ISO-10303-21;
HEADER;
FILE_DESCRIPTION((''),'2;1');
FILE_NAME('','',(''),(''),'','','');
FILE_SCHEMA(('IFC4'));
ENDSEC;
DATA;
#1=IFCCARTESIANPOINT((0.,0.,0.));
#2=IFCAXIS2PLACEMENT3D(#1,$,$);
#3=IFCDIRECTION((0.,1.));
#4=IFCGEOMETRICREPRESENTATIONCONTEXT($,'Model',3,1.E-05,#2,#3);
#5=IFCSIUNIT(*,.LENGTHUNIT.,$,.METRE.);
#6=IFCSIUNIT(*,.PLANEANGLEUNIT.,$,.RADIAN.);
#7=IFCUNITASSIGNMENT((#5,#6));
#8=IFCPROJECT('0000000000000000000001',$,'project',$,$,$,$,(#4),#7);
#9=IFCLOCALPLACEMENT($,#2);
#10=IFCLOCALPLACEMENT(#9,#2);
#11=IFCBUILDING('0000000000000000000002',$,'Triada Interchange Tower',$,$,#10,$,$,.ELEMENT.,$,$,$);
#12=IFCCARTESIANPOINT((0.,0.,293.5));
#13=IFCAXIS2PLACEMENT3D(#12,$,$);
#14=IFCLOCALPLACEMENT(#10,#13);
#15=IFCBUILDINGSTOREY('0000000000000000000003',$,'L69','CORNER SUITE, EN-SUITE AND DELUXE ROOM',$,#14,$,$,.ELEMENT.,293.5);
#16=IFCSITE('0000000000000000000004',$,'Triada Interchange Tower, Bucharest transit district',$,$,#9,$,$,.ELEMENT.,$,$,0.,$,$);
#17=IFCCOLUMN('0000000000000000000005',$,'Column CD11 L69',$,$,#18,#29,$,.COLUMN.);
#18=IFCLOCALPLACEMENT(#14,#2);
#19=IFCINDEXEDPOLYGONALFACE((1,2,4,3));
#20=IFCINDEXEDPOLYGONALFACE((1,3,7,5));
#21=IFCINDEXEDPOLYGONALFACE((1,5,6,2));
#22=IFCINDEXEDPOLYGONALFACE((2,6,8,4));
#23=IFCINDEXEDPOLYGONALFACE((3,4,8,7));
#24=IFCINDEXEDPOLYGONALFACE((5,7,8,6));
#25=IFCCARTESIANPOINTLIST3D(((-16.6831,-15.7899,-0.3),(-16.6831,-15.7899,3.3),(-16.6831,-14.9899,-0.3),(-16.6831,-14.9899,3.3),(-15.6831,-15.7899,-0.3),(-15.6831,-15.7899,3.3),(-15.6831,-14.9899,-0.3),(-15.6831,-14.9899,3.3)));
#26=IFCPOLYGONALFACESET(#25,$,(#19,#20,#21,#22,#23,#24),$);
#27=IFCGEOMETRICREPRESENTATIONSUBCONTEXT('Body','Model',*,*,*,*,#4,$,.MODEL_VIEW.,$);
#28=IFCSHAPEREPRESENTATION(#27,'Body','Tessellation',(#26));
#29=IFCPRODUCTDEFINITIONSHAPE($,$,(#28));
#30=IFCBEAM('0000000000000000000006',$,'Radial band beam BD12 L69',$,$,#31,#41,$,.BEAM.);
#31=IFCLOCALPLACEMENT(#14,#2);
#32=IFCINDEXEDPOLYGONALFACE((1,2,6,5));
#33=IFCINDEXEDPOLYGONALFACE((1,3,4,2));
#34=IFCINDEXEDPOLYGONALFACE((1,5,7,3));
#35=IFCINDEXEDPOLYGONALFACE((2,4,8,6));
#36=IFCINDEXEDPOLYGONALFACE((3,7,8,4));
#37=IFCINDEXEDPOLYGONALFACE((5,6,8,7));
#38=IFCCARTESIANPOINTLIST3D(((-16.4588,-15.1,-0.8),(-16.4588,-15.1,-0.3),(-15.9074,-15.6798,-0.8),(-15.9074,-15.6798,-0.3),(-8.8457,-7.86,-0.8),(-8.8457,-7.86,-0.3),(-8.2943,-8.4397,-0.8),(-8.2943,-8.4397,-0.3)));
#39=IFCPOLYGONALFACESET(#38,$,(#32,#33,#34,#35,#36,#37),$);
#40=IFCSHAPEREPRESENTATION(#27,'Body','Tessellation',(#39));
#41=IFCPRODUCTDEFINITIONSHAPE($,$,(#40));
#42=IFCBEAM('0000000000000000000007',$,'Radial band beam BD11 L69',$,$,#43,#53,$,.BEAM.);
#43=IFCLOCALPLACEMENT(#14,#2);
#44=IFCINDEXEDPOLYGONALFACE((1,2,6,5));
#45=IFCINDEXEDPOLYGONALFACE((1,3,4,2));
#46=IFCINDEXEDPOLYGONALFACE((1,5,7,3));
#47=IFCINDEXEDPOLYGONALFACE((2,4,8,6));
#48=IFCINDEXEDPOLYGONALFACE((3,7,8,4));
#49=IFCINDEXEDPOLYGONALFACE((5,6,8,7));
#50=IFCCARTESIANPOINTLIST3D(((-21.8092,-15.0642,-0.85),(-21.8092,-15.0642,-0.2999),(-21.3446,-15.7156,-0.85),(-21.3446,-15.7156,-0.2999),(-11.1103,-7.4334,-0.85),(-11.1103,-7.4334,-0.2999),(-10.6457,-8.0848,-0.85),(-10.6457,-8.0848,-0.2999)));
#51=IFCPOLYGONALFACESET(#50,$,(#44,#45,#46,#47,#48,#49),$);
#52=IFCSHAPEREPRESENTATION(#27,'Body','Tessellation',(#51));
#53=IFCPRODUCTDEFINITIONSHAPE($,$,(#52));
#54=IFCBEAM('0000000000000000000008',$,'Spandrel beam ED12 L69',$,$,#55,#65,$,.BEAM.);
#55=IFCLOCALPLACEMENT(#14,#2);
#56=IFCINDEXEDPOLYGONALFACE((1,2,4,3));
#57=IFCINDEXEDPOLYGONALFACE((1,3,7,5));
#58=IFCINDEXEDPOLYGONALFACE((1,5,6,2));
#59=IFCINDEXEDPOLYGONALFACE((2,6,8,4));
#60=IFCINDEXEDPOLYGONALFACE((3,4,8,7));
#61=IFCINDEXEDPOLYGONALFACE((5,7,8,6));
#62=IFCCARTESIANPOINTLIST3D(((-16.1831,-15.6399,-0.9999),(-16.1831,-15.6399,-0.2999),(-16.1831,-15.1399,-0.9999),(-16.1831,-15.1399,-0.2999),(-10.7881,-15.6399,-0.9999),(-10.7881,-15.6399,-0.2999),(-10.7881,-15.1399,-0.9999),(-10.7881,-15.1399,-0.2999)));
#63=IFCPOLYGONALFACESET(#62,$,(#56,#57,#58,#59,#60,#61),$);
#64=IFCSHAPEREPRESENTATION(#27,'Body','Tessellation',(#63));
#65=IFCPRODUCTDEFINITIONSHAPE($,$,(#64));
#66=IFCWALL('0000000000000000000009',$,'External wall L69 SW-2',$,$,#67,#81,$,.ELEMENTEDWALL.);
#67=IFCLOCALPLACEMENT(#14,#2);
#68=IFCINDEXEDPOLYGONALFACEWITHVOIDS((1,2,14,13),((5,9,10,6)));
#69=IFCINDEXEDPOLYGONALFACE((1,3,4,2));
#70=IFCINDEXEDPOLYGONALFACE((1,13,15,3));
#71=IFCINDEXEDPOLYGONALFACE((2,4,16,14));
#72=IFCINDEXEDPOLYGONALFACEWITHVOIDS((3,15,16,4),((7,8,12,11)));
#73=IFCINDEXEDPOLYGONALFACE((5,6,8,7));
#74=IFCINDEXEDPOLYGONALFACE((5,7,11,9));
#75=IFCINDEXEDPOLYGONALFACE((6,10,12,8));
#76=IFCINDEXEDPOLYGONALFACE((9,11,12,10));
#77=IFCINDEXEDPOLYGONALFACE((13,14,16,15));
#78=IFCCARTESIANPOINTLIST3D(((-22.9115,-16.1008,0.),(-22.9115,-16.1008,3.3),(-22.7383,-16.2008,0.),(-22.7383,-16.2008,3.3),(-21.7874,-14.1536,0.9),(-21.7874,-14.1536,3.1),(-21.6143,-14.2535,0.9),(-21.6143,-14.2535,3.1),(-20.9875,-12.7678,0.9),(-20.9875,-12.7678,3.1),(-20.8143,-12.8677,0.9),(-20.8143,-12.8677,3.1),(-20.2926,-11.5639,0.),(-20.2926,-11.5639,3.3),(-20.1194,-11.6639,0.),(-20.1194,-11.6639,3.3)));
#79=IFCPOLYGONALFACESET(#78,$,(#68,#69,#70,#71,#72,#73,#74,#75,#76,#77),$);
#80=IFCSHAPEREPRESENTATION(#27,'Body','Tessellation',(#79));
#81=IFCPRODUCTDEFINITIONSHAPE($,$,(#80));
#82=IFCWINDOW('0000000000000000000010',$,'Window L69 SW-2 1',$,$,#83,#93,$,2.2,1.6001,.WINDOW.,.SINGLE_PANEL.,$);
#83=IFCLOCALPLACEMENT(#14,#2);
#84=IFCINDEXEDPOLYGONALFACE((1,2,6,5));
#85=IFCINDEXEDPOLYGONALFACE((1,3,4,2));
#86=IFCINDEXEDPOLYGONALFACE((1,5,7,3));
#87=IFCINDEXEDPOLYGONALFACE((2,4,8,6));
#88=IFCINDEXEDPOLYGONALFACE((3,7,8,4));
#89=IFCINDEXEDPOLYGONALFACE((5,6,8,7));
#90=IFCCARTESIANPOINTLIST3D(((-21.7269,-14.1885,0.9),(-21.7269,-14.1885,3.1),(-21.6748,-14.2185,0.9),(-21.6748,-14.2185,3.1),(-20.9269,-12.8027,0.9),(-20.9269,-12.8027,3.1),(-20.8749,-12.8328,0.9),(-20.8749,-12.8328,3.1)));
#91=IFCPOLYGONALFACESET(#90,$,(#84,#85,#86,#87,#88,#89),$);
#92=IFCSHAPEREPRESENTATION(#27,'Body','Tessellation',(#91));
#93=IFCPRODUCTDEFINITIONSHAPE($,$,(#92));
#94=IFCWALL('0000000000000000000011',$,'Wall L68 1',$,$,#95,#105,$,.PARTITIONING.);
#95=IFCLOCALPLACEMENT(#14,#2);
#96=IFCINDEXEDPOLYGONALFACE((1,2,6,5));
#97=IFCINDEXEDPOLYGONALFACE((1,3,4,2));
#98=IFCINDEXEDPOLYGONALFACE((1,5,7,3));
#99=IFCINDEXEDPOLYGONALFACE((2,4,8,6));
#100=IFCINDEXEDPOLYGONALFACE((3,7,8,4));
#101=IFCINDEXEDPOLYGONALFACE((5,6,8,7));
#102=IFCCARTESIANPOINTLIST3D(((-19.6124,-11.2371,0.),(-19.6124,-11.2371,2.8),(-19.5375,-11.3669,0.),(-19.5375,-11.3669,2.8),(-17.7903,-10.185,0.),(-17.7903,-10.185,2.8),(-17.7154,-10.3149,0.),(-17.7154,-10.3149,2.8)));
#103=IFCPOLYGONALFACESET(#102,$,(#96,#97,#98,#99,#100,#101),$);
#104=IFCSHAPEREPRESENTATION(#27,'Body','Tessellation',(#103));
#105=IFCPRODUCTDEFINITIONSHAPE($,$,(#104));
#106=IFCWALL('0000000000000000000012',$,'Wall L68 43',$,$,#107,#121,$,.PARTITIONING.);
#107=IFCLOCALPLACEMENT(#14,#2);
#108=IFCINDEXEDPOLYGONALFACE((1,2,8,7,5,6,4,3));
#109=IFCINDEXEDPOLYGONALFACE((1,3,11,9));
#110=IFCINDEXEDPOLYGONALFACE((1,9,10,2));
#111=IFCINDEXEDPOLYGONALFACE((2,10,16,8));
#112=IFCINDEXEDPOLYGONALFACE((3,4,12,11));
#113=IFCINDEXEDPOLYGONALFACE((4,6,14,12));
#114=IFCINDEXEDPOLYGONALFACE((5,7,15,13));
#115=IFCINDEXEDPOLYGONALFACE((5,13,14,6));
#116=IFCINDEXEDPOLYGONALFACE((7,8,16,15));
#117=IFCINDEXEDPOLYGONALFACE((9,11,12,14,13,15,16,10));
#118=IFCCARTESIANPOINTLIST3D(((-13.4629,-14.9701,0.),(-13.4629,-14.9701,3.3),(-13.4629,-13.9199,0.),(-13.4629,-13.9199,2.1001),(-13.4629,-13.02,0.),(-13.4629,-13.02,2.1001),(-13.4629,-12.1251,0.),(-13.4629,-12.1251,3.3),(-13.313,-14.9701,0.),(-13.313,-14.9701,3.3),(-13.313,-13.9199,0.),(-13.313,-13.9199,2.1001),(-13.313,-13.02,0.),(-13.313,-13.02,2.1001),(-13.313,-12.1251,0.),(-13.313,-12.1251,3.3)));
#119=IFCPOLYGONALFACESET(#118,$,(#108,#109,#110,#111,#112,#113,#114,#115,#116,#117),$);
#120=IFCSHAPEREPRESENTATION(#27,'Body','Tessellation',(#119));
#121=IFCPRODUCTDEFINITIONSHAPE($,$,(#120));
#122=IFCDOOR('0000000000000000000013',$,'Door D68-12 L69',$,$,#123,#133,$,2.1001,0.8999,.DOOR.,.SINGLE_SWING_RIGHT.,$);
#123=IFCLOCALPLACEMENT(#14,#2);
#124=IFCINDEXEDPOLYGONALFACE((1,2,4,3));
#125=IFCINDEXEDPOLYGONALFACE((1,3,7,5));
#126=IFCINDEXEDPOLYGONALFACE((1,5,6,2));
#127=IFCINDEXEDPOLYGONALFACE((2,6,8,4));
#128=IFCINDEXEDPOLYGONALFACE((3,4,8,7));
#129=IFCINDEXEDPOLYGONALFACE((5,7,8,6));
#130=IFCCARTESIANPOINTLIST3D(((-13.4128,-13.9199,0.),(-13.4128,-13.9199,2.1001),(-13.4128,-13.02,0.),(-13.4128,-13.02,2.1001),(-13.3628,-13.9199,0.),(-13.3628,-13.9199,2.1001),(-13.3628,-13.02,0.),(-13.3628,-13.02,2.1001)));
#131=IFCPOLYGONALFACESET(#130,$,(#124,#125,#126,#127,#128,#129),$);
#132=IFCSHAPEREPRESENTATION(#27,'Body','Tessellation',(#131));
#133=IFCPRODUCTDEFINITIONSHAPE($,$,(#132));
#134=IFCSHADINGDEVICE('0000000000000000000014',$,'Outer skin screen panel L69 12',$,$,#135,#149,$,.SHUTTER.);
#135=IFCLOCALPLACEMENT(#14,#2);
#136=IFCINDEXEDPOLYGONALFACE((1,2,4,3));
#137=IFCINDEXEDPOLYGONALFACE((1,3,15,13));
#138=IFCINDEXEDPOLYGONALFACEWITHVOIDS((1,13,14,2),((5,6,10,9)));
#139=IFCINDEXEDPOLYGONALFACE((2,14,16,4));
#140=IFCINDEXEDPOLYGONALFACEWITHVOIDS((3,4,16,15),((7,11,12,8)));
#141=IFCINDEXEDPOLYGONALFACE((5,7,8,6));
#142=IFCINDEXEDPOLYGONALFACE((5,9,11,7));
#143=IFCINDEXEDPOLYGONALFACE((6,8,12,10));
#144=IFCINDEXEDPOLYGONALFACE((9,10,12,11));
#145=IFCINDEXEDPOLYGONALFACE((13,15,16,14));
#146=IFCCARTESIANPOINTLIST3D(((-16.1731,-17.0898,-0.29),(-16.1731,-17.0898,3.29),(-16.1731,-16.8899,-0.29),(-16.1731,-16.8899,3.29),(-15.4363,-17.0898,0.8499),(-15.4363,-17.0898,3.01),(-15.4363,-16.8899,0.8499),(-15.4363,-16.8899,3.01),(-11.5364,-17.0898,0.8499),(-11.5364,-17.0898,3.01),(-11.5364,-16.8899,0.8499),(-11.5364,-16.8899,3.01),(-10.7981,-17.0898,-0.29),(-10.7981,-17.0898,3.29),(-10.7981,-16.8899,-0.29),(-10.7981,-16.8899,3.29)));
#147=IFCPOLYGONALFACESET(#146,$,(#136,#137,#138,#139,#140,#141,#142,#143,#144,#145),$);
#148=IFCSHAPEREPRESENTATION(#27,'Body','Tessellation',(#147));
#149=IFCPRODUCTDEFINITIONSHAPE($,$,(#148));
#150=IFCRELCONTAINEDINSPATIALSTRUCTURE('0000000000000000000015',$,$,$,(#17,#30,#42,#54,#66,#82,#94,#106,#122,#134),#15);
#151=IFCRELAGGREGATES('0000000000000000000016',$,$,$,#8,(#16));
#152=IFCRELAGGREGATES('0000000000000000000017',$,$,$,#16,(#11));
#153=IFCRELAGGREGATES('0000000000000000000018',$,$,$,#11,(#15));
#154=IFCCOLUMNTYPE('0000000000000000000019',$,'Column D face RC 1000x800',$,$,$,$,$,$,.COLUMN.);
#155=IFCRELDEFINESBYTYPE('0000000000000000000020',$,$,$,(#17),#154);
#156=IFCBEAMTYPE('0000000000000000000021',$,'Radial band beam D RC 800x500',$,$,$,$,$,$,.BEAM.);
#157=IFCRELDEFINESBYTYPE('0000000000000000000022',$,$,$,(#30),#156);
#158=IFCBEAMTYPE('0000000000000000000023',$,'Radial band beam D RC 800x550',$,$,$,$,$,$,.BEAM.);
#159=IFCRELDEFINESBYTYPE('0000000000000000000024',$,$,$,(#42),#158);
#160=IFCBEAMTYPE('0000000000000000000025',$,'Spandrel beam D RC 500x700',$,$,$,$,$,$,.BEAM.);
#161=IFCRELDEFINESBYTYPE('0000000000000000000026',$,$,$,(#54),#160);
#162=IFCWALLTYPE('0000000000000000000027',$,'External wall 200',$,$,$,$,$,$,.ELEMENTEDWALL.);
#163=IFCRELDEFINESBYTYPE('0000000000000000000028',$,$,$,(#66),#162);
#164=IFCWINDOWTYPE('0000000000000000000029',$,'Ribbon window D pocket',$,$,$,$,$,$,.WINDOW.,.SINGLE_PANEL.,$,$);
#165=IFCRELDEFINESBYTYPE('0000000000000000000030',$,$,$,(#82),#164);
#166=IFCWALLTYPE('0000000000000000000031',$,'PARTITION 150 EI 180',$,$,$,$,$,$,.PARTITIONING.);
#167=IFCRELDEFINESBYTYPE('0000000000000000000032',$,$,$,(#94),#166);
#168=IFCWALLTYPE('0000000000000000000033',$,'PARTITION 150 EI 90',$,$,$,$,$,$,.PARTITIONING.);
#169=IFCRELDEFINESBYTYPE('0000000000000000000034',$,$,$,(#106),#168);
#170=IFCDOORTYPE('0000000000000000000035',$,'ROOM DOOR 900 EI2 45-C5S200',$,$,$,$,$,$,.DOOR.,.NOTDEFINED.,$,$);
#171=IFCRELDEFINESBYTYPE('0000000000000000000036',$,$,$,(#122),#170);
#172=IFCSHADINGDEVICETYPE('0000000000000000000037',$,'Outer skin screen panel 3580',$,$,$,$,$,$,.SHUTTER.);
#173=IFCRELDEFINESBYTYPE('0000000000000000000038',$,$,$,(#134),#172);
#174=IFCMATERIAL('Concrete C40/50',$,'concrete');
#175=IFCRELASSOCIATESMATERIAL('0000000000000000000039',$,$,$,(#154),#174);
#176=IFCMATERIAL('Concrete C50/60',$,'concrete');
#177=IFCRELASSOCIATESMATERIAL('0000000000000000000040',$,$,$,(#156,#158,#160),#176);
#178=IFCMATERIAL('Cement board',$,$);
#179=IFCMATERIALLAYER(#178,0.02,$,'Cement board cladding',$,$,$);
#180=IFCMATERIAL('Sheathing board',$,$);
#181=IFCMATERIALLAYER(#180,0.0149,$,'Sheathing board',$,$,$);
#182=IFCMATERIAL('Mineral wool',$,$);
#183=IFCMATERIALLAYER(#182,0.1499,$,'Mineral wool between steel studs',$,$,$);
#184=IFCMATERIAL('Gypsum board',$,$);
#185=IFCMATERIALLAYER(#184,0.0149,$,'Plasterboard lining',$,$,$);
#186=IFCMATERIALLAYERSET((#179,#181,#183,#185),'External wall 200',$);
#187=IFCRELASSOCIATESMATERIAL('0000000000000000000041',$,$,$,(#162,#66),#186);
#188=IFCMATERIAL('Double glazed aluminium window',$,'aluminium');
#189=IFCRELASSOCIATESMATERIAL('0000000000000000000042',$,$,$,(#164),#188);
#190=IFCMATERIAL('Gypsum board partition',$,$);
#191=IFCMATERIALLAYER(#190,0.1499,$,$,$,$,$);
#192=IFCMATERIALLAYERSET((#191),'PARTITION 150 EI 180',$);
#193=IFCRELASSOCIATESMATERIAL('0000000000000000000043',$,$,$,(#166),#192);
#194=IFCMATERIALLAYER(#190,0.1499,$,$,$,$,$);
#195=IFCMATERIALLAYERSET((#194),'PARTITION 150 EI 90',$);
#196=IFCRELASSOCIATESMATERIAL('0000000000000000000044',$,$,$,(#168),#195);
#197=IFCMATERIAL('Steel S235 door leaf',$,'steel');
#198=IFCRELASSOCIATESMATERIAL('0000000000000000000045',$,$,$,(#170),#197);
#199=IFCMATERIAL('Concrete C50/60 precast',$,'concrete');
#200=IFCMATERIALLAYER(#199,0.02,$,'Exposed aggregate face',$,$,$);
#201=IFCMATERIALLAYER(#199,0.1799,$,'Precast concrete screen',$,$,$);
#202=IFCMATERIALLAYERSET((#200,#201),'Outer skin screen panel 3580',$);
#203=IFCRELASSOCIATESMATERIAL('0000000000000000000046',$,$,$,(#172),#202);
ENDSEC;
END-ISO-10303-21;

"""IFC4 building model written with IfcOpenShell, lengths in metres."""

from ifc_helpers import new_model, si_unit, direction, frame, frame_2d, origin, origin_2d, place, context, subcontext, project, spatial, polyline, rectangle, outline, extrude, material, layer, layer_set, layer_usage, material_profile, profile_set, type_object, element, fill, save


model = new_model("IFC4")

# Units and contexts
model_context = context("Model", 3, precision=1e-05, world=origin(), true_north=direction((0.0, 1.0)))
body_context = subcontext(model_context, "Body", "Model", "MODEL_VIEW")
ifc_project = project(units=[si_unit("LENGTHUNIT", "METRE"), si_unit("PLANEANGLEUNIT", "RADIAN")], contexts=[model_context])

# Site, building, storey
site_placement = place(None, origin())
site = spatial("IfcSite", under=ifc_project, at=site_placement, Name="Triada Interchange Tower, Bucharest transit district", CompositionType="ELEMENT", RefElevation=0.0)
building_placement = place(site_placement, origin())
building = spatial("IfcBuilding", under=site, at=building_placement, Name="Triada Interchange Tower", CompositionType="ELEMENT")
storey_placement = place(building_placement, frame((0.0, 0.0, 293.5)))
storey = spatial("IfcBuildingStorey", under=building, at=storey_placement, Name="L69", Description="CORNER SUITE, EN-SUITE AND DELUXE ROOM", CompositionType="ELEMENT", Elevation=293.5)

# Column
ifc_material_1 = material(Name="Concrete C40/50", Category="concrete")
ifc_material_profile_1 = material_profile(ifc_material_1, rectangle(XDim=1.0, YDim=0.8, at=origin_2d()), Name="RC 1000x800")
ifc_profile_set_1 = profile_set([ifc_material_profile_1], Name="Concrete C40/50")
column_type = type_object("IfcColumnType", Name="Column D face RC 1000x800", PredefinedType="COLUMN", material=ifc_profile_set_1)
column_placement = place(storey_placement, frame((-16.1831, -15.3899, -0.3), z_axis=(0.0, 0.0, 1.0), x_axis=(1.0, 0.0, 0.0)))
element("IfcColumn", 1, at=column_placement, inside=storey, type_object=column_type, Name="Column CD11 L69", PredefinedType="COLUMN", context=body_context, shape_type="SweptSolid", body=[
    extrude(rectangle(XDim=1.0, YDim=0.8, at=origin_2d()), origin(), (0.0, 0.0, 1.0), 3.6001),
])

# Beams
ifc_material_2 = material(Name="Concrete C50/60", Category="concrete")
ifc_material_profile_2 = material_profile(ifc_material_2, rectangle(XDim=0.8, YDim=0.5, at=origin_2d()), Name="RC 800x500")
ifc_profile_set_2 = profile_set([ifc_material_profile_2], Name="Concrete C50/60")
beam_type_1 = type_object("IfcBeamType", Name="Radial band beam D RC 800x500", PredefinedType="BEAM", material=ifc_profile_set_2)
beam_1_placement = place(storey_placement, frame((-16.1831, -15.3899, -0.55), z_axis=(0.724638, 0.68913, 0.0), x_axis=(-0.68913, 0.724638, 0.0)))
element("IfcBeam", 2, at=beam_1_placement, inside=storey, type_object=beam_type_1, Name="Radial band beam BD12 L69", PredefinedType="BEAM", context=body_context, shape_type="SweptSolid", body=[
    extrude(rectangle(XDim=0.8, YDim=0.5, at=origin_2d()), origin(), (0.0, 0.0, 1.0), 10.5061),
])
ifc_material_profile_3 = material_profile(ifc_material_2, rectangle(XDim=0.8, YDim=0.55, at=origin_2d()), Name="RC 800x550")
ifc_profile_set_3 = profile_set([ifc_material_profile_3], Name="Concrete C50/60")
beam_type_2 = type_object("IfcBeamType", Name="Radial band beam D RC 800x550", PredefinedType="BEAM", material=ifc_profile_set_3)
beam_2_placement = place(storey_placement, frame((-21.5769, -15.3899, -0.575), z_axis=(0.814139, 0.58067, 0.0), x_axis=(-0.58067, 0.814139, 0.0)))
element("IfcBeam", 3, at=beam_2_placement, inside=storey, type_object=beam_type_2, Name="Radial band beam BD11 L69", PredefinedType="BEAM", context=body_context, shape_type="SweptSolid", body=[
    extrude(rectangle(XDim=0.8, YDim=0.55, at=origin_2d()), origin(), (0.0, 0.0, 1.0), 13.1414),
])
ifc_material_profile_4 = material_profile(ifc_material_2, rectangle(XDim=0.5, YDim=0.7, at=origin_2d()), Name="RC 500x700")
ifc_profile_set_4 = profile_set([ifc_material_profile_4], Name="Concrete C50/60")
beam_type_3 = type_object("IfcBeamType", Name="Spandrel beam D RC 500x700", PredefinedType="BEAM", material=ifc_profile_set_4)
beam_3_placement = place(storey_placement, frame((-16.1831, -15.3899, -0.6499), z_axis=(1.0, 0.0, 0.0), x_axis=(0.0, 1.0, 0.0)))
element("IfcBeam", 4, at=beam_3_placement, inside=storey, type_object=beam_type_3, Name="Spandrel beam ED12 L69", PredefinedType="BEAM", context=body_context, shape_type="SweptSolid", body=[
    extrude(rectangle(XDim=0.5, YDim=0.7, at=origin_2d()), origin(), (0.0, 0.0, 1.0), 5.395),
])

# Wall, opening, window
ifc_material_3 = material(Name="Cement board")
ifc_layer_1 = layer(ifc_material_3, 0.02, Name="Cement board cladding")
ifc_material_4 = material(Name="Sheathing board")
ifc_layer_2 = layer(ifc_material_4, 0.0149, Name="Sheathing board")
ifc_material_5 = material(Name="Mineral wool")
ifc_layer_3 = layer(ifc_material_5, 0.1499, Name="Mineral wool between steel studs")
ifc_material_6 = material(Name="Gypsum board")
ifc_layer_4 = layer(ifc_material_6, 0.0149, Name="Plasterboard lining")
ifc_layer_set_1 = layer_set([ifc_layer_1, ifc_layer_2, ifc_layer_3, ifc_layer_4], Name="External wall 200")
ifc_layer_usage = layer_usage(ifc_layer_set_1, "AXIS2", "POSITIVE", -0.1001)
wall_type_1 = type_object("IfcWallType", Name="External wall 200", PredefinedType="ELEMENTEDWALL", material=ifc_layer_set_1)
wall_1_placement = place(storey_placement, frame((-20.2061, -11.614, 0.0), z_axis=(0.0, 0.0, 1.0), x_axis=(-0.499934, -0.866064, 0.0)))
wall_1 = element("IfcWall", 5, at=wall_1_placement, inside=storey, type_object=wall_type_1, material=ifc_layer_usage, Name="External wall L69 SW-2", PredefinedType="ELEMENTEDWALL", context=body_context, shape_type="SweptSolid", body=[
    extrude(rectangle(XDim=5.2385, YDim=0.2, at=frame_2d((2.6191, 0.0))), origin(), (0.0, 0.0, 1.0), 3.3),
])
opening_1_placement = place(wall_1_placement, frame((1.3899, 0.0, 0.8999)))
opening_1 = element("IfcOpeningElement", 6, at=opening_1_placement, cuts=wall_1, PredefinedType="OPENING", context=body_context, shape_type="SweptSolid", body=[
    extrude(rectangle(XDim=1.6001, YDim=2.2, at=frame_2d((0.8, 1.1001))), frame((0.0, 0.1099, 0.0), z_axis=(0.0, -1.0, 0.0), x_axis=(1.0, 0.0, 0.0)), (0.0, 0.0, 1.0), 0.22),
])
ifc_material_7 = material(Name="Double glazed aluminium window", Category="aluminium")
window_type = type_object("IfcWindowType", Name="Ribbon window D pocket", PartitioningType="SINGLE_PANEL", PredefinedType="WINDOW", material=ifc_material_7)
window_placement = place(opening_1_placement, origin())
window = element("IfcWindow", 7, at=window_placement, inside=storey, type_object=window_type, Name="Window L69 SW-2 1", OverallHeight=2.2, OverallWidth=1.6001, PartitioningType="SINGLE_PANEL", PredefinedType="WINDOW", context=body_context, shape_type="SweptSolid", body=[
    extrude(rectangle(XDim=1.6001, YDim=2.2, at=frame_2d((0.8, 1.1001))), frame((0.0, 0.03, 0.0), z_axis=(0.0, -1.0, 0.0), x_axis=(1.0, 0.0, 0.0)), (0.0, 0.0, 1.0), 0.0601),
])
fill(opening_1, window)

# Wall
ifc_material_8 = material(Name="Gypsum board partition")
ifc_layer_5 = layer(ifc_material_8, 0.1499)
ifc_layer_set_2 = layer_set([ifc_layer_5], Name="PARTITION 150 EI 180")
wall_type_2 = type_object("IfcWallType", Name="PARTITION 150 EI 180", PredefinedType="PARTITIONING", material=ifc_layer_set_2)
wall_2_placement = place(storey_placement, frame((-19.575, -11.302, 0.0), z_axis=(0.0, 0.0, 1.0), x_axis=(0.866014, 0.50002, 0.0)))
element("IfcWall", 8, at=wall_2_placement, inside=storey, type_object=wall_type_2, Name="Wall L68 1", PredefinedType="PARTITIONING", context=body_context, shape_type="SweptSolid", body=[
    extrude(rectangle(XDim=2.104, YDim=0.1499, at=frame_2d((1.052, 0.0))), origin(), (0.0, 0.0, 1.0), 2.8),
])

# Wall, opening, door
ifc_layer_6 = layer(ifc_material_8, 0.1499)
ifc_layer_set_3 = layer_set([ifc_layer_6], Name="PARTITION 150 EI 90")
wall_type_3 = type_object("IfcWallType", Name="PARTITION 150 EI 90", PredefinedType="PARTITIONING", material=ifc_layer_set_3)
wall_3_placement = place(storey_placement, frame((-13.3879, -14.97, 0.0), z_axis=(0.0, 0.0, 1.0), x_axis=(0.0, 1.0, 0.0)))
wall_3 = element("IfcWall", 9, at=wall_3_placement, inside=storey, type_object=wall_type_3, Name="Wall L68 43", PredefinedType="PARTITIONING", context=body_context, shape_type="SweptSolid", body=[
    extrude(rectangle(XDim=2.845, YDim=0.1499, at=frame_2d((1.4224, 0.0))), origin(), (0.0, 0.0, 1.0), 3.3),
])
opening_2_placement = place(wall_3_placement, frame((1.05, 0.0, 0.0)))
opening_2 = element("IfcOpeningElement", 10, at=opening_2_placement, cuts=wall_3, PredefinedType="OPENING", context=body_context, shape_type="SweptSolid", body=[
    extrude(rectangle(XDim=0.8999, YDim=2.1001, at=frame_2d((0.45, 1.05))), frame((0.0, 0.085, 0.0), z_axis=(0.0, -1.0, 0.0), x_axis=(1.0, 0.0, 0.0)), (0.0, 0.0, 1.0), 0.1699),
])
ifc_material_9 = material(Name="Steel S235 door leaf", Category="steel")
door_type = type_object("IfcDoorType", Name="ROOM DOOR 900 EI2 45-C5S200", OperationType="NOTDEFINED", PredefinedType="DOOR", material=ifc_material_9)
door_placement = place(opening_2_placement, origin())
door = element("IfcDoor", 11, at=door_placement, inside=storey, type_object=door_type, Name="Door D68-12 L69", OperationType="SINGLE_SWING_RIGHT", OverallHeight=2.1001, OverallWidth=0.8999, PredefinedType="DOOR", context=body_context, shape_type="SweptSolid", body=[
    extrude(rectangle(XDim=0.8999, YDim=2.1001, at=frame_2d((0.45, 1.05))), frame((0.0, 0.0249, 0.0), z_axis=(0.0, -1.0, 0.0), x_axis=(1.0, 0.0, 0.0)), (0.0, 0.0, 1.0), 0.05),
])
fill(opening_2, door)

# Shading device
ifc_material_10 = material(Name="Concrete C50/60 precast", Category="concrete")
ifc_layer_7 = layer(ifc_material_10, 0.02, Name="Exposed aggregate face")
ifc_layer_8 = layer(ifc_material_10, 0.1799, Name="Precast concrete screen")
ifc_layer_set_4 = layer_set([ifc_layer_7, ifc_layer_8], Name="Outer skin screen panel 3580")
shading_device_type = type_object("IfcShadingDeviceType", Name="Outer skin screen panel 3580", PredefinedType="SHUTTER", material=ifc_layer_set_4)
shading_device_placement = place(storey_placement, frame((-16.1731, -16.8899, -0.29), z_axis=(0.0, 0.0, 1.0), x_axis=(1.0, 0.0, 0.0)))
element("IfcShadingDevice", 12, at=shading_device_placement, inside=storey, type_object=shading_device_type, Name="Outer skin screen panel L69 12", PredefinedType="SHUTTER", context=body_context, shape_type="SweptSolid", body=[
    extrude(outline(polyline([(0.0, 0.0), (5.375, 0.0), (5.375, 3.5801), (0.0, 3.5801), (0.0, 0.0)]), holes=[polyline([(0.7368, 1.1399), (0.7368, 3.3), (4.6367, 3.3), (4.6367, 1.1399), (0.7368, 1.1399)])]), frame((0.0, 0.0, 0.0), z_axis=(0.0, -1.0, 0.0), x_axis=(1.0, 0.0, 0.0)), (0.0, 0.0, 1.0), 0.2),
])

save(model, "model.ifc")
